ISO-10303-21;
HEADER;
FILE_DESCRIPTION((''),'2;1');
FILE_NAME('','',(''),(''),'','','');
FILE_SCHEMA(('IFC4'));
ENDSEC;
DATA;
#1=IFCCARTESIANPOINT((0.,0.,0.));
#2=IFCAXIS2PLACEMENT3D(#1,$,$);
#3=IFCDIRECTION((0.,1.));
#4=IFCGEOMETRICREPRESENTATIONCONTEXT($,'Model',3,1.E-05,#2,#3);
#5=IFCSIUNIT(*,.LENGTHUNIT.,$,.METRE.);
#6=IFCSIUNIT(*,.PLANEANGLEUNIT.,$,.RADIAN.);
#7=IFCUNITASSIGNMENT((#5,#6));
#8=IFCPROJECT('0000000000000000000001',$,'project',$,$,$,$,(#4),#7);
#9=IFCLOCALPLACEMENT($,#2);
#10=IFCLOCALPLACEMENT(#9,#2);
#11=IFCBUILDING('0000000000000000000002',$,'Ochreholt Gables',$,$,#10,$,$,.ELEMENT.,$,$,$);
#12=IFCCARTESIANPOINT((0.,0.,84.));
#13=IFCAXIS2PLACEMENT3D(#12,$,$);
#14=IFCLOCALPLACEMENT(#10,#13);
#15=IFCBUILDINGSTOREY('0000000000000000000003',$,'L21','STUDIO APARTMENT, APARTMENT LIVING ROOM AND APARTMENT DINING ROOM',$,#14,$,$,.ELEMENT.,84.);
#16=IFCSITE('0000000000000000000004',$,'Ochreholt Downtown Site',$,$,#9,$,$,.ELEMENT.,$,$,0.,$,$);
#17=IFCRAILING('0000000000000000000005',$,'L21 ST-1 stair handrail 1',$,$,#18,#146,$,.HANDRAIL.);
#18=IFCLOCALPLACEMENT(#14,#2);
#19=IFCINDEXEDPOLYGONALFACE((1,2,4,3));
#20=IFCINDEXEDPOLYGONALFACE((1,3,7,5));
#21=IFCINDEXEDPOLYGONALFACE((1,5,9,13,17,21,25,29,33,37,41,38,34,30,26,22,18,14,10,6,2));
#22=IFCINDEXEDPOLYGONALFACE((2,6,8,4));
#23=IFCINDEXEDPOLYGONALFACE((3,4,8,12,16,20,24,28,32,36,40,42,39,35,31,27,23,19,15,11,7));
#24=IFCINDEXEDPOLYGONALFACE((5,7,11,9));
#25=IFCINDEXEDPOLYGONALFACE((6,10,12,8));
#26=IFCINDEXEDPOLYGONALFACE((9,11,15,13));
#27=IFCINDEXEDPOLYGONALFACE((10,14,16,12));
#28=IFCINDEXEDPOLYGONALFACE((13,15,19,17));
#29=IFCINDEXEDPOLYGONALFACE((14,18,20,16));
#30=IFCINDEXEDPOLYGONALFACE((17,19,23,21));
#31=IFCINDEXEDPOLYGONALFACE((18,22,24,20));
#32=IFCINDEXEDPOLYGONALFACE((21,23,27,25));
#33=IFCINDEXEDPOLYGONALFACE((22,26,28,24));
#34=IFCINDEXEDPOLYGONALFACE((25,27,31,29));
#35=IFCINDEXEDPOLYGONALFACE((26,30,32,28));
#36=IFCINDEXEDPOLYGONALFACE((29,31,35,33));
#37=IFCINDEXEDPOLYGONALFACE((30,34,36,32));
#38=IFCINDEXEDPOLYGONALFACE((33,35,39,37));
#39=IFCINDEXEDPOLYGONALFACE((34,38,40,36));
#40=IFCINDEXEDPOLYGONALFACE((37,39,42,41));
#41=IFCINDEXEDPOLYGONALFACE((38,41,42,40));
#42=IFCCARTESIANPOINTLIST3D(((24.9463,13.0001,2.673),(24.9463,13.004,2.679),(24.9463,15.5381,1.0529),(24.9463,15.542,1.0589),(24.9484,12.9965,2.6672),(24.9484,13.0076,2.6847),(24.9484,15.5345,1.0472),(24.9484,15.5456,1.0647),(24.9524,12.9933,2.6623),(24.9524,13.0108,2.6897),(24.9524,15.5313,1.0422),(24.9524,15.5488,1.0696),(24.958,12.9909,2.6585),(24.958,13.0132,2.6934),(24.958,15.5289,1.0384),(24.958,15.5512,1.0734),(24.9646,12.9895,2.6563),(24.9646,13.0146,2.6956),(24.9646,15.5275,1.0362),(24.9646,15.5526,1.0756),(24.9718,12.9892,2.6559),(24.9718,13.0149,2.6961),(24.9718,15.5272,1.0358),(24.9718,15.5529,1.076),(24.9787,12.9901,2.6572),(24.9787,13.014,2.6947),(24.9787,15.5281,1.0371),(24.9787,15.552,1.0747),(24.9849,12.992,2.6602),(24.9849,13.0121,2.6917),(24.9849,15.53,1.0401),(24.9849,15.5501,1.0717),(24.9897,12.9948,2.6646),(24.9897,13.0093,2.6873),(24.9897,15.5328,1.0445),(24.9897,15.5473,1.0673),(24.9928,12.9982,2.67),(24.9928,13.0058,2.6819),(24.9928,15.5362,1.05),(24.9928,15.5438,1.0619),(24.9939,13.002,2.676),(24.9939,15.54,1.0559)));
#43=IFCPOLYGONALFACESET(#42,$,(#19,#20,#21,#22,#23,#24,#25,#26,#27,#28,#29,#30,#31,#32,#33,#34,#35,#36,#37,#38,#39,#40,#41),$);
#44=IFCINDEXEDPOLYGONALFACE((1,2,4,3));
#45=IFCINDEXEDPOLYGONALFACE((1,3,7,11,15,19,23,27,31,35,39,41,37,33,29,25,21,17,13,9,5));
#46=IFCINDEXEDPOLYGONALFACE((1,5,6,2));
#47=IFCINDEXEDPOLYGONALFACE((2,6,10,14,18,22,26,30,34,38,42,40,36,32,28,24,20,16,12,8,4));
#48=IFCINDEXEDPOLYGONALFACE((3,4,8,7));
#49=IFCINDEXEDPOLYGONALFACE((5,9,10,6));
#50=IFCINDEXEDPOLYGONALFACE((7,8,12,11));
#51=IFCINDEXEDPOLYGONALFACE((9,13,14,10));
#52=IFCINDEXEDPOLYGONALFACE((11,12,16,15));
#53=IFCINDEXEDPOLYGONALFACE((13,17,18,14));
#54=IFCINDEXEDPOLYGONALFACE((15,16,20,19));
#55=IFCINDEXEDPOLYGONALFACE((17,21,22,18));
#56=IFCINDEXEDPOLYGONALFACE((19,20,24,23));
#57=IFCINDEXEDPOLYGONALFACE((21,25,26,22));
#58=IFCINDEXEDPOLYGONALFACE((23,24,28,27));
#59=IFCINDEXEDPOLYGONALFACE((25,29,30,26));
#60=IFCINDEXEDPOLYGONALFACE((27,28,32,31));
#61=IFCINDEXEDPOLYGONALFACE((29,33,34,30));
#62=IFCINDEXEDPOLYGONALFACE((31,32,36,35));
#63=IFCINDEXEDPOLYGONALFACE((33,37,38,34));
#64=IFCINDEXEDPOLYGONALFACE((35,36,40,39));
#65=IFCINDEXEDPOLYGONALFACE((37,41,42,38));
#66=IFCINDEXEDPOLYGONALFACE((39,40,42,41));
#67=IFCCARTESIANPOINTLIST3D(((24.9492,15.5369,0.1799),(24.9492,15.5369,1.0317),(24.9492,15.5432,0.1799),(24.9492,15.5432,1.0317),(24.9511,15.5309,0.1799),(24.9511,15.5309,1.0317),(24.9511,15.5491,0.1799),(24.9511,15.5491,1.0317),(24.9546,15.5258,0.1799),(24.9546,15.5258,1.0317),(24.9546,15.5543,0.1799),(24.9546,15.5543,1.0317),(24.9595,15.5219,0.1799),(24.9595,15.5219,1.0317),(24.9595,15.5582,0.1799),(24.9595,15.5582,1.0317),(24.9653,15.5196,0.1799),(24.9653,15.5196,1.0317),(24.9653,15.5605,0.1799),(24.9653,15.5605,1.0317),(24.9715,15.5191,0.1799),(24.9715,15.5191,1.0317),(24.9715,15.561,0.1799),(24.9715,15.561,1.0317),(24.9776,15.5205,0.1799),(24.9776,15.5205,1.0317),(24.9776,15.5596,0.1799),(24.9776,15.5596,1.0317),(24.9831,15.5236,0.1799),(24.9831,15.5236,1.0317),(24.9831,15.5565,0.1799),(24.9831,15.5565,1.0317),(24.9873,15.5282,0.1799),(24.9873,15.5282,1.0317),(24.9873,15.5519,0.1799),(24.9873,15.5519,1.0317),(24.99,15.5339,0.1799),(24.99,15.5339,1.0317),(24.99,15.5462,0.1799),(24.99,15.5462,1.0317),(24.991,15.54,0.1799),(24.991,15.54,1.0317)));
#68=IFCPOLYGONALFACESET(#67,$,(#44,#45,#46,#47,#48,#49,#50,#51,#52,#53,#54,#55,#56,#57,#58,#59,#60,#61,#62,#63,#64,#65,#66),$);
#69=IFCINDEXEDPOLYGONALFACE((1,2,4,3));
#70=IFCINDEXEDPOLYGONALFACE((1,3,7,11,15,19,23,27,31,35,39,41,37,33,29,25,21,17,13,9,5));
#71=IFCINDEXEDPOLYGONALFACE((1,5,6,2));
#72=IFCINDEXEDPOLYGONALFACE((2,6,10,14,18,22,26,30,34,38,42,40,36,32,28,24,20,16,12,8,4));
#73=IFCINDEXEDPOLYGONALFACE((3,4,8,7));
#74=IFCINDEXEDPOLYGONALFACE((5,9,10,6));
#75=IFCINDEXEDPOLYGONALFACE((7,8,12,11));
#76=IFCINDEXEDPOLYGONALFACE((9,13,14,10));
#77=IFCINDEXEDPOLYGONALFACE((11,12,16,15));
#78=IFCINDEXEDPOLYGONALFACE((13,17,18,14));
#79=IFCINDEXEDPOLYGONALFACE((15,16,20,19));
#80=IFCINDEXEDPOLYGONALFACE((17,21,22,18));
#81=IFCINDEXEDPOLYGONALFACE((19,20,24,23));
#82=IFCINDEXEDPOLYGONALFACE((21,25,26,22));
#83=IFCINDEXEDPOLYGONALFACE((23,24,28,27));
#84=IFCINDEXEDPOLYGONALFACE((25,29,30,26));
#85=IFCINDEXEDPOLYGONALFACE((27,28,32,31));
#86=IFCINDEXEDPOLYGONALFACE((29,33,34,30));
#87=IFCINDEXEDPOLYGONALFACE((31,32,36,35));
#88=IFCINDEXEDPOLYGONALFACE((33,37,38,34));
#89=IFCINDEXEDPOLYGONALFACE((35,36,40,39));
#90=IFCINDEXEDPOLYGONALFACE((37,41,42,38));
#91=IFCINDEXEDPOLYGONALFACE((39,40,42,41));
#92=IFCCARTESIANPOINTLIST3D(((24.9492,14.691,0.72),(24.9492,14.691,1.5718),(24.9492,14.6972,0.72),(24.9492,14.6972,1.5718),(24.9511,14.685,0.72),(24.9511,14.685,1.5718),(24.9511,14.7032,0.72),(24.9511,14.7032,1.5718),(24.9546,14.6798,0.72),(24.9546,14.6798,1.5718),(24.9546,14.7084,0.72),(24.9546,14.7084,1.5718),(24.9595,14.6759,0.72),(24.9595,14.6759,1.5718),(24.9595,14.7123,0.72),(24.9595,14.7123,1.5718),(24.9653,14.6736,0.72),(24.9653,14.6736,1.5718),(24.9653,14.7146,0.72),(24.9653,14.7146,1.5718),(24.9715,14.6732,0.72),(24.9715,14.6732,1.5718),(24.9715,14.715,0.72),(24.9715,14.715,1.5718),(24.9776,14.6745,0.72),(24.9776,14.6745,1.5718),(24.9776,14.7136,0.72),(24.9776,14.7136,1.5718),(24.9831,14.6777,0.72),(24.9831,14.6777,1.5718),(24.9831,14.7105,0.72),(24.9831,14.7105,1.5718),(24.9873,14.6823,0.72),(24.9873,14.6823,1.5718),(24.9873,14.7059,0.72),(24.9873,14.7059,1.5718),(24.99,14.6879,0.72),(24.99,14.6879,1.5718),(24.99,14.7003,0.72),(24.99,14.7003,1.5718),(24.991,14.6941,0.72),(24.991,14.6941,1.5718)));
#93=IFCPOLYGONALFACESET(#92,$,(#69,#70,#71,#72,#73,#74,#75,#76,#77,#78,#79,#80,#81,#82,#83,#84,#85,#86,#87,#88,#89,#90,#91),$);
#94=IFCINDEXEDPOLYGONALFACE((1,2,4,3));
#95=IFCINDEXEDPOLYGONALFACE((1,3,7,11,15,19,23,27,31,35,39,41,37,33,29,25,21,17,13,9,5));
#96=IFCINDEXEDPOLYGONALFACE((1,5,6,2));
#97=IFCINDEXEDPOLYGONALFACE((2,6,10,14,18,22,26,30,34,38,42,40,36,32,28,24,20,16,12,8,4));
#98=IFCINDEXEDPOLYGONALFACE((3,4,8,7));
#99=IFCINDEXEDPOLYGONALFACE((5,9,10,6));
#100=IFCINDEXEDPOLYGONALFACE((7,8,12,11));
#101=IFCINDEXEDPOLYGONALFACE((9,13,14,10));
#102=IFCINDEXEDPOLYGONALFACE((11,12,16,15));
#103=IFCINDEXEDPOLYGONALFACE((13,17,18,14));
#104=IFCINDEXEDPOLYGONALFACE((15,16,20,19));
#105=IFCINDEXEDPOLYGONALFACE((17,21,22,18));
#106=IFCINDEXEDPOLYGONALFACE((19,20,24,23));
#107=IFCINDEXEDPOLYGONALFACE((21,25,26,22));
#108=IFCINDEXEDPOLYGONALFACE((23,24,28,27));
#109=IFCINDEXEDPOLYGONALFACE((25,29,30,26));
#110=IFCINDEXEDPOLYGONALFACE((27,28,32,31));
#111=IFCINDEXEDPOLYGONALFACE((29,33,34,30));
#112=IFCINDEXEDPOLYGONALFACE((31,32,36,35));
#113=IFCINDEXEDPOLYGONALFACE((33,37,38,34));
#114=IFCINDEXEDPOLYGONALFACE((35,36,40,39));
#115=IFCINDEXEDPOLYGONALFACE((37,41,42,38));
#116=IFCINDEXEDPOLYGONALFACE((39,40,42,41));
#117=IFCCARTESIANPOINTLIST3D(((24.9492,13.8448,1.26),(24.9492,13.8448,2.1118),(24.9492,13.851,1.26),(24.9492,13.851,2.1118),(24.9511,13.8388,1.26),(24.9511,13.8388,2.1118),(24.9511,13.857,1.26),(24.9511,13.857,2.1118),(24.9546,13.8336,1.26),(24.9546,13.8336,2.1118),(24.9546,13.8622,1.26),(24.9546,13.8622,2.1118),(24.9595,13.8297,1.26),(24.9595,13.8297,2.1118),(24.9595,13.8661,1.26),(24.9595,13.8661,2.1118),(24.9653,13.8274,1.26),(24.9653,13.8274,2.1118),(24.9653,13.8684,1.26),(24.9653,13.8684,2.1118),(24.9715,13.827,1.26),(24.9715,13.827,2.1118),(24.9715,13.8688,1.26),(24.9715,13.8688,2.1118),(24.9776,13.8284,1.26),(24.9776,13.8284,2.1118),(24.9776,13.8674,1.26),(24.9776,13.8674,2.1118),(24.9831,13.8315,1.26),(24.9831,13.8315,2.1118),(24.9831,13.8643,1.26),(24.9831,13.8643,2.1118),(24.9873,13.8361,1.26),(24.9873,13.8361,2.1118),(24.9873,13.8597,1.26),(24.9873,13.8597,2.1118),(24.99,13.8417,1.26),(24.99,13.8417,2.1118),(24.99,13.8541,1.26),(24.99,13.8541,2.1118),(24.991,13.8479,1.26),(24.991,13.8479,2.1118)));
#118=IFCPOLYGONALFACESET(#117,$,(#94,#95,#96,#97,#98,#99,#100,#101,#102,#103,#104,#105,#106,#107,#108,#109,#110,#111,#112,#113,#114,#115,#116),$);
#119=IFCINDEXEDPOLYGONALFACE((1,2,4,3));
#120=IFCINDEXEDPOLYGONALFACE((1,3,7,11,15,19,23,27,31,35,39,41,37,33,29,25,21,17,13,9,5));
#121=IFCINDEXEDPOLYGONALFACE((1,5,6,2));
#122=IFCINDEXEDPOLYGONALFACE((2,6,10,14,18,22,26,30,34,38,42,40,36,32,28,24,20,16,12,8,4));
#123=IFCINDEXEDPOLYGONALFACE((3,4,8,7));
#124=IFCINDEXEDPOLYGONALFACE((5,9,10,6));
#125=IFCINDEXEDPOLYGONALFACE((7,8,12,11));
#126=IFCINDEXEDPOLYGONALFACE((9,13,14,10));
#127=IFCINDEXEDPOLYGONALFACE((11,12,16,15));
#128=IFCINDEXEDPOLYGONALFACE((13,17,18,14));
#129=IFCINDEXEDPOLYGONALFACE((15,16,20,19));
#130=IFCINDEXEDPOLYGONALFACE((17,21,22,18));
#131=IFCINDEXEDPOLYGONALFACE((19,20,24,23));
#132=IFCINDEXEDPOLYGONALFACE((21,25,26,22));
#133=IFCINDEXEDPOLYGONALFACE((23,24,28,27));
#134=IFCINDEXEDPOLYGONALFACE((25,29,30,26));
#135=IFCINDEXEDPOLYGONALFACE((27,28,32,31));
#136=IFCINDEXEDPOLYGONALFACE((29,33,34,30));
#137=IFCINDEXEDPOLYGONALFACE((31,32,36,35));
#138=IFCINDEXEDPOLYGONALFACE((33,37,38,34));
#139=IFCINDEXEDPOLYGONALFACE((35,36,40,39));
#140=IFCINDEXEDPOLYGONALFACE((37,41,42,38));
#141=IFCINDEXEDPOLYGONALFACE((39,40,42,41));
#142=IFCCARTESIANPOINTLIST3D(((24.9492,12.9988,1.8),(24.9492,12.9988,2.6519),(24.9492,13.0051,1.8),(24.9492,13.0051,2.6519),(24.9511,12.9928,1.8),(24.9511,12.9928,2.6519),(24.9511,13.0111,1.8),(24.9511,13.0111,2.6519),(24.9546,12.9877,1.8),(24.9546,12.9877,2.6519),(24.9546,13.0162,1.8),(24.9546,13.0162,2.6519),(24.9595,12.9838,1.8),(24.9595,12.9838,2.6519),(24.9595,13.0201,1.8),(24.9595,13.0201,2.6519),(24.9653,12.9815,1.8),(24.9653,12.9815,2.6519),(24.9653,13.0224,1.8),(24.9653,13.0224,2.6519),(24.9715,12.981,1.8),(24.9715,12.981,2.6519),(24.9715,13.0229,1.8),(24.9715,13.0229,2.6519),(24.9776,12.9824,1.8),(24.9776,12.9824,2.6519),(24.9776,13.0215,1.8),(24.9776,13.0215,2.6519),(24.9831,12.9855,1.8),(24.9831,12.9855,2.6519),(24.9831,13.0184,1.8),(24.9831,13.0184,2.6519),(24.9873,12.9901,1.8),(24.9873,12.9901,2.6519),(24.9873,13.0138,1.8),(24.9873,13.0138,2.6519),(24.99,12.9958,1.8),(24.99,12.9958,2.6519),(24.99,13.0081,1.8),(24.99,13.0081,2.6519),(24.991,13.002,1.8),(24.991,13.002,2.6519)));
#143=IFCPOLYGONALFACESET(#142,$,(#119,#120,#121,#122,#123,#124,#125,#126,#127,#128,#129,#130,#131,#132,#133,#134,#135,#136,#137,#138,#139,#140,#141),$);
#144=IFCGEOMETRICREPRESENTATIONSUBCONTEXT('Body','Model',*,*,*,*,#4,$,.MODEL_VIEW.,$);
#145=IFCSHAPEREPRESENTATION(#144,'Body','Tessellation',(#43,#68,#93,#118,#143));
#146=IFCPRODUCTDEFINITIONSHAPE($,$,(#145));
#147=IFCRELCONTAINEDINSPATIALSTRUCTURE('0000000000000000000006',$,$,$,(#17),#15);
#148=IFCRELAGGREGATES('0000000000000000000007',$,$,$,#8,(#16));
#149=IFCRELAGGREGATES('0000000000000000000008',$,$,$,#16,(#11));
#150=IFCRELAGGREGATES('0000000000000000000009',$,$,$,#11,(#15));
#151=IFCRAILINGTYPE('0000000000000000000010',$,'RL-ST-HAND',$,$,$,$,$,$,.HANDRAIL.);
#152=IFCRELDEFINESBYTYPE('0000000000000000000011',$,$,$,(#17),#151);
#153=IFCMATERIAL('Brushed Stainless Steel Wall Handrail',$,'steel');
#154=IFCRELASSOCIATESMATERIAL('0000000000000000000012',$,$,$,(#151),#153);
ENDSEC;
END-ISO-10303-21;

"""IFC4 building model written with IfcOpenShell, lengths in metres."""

from ifc_helpers import new_model, si_unit, direction, frame, origin, origin_2d, place, context, subcontext, project, spatial, circle, extrude, material, type_object, element, save


model = new_model("IFC4")

# Units and contexts
model_context = context("Model", 3, precision=1e-05, world=origin(), true_north=direction((0.0, 1.0)))
body_context = subcontext(model_context, "Body", "Model", "MODEL_VIEW")
ifc_project = project(units=[si_unit("LENGTHUNIT", "METRE"), si_unit("PLANEANGLEUNIT", "RADIAN")], contexts=[model_context])

# Site, building, storey
site_placement = place(None, origin())
site = spatial("IfcSite", under=ifc_project, at=site_placement, Name="Ochreholt Downtown Site", CompositionType="ELEMENT", RefElevation=0.0)
building_placement = place(site_placement, origin())
building = spatial("IfcBuilding", under=site, at=building_placement, Name="Ochreholt Gables", CompositionType="ELEMENT")
storey_placement = place(building_placement, frame((0.0, 0.0, 84.0)))
storey = spatial("IfcBuildingStorey", under=building, at=storey_placement, Name="L21", Description="STUDIO APARTMENT, APARTMENT LIVING ROOM AND APARTMENT DINING ROOM", CompositionType="ELEMENT", Elevation=84.0)

# Railing
ifc_material_1 = material(Name="Brushed Stainless Steel Wall Handrail", Category="steel")
railing_type_1 = type_object("IfcRailingType", Name="RL-ST-HAND", PredefinedType="HANDRAIL", material=ifc_material_1)
railing_1_placement = place(storey_placement, frame((24.97, 15.54, 0.1799)))
element("IfcRailing", 1, at=railing_1_placement, inside=storey, type_object=railing_type_1, Name="L21 ST-1 stair handrail 1", PredefinedType="HANDRAIL", context=body_context, shape_type="SweptSolid", body=[
    extrude(circle(Radius=0.0239, at=origin_2d()), frame((0.0, 0.0, 0.876), z_axis=(0.0, -0.842913, 0.53805), x_axis=(1.0, 0.0, 0.0)), (0.0, 0.0, 1.0), 3.011),
    extrude(circle(Radius=0.021, at=origin_2d()), origin(), (0.0, 0.0, 1.0), 0.8518),
    extrude(circle(Radius=0.021, at=origin_2d()), frame((0.0, -0.8459, 0.54)), (0.0, 0.0, 1.0), 0.8518),
    extrude(circle(Radius=0.021, at=origin_2d()), frame((0.0, -1.6921, 1.0801)), (0.0, 0.0, 1.0), 0.8518),
    extrude(circle(Radius=0.021, at=origin_2d()), frame((0.0, -2.5381, 1.6201)), (0.0, 0.0, 1.0), 0.8518),
])

save(model, "model.ifc")
